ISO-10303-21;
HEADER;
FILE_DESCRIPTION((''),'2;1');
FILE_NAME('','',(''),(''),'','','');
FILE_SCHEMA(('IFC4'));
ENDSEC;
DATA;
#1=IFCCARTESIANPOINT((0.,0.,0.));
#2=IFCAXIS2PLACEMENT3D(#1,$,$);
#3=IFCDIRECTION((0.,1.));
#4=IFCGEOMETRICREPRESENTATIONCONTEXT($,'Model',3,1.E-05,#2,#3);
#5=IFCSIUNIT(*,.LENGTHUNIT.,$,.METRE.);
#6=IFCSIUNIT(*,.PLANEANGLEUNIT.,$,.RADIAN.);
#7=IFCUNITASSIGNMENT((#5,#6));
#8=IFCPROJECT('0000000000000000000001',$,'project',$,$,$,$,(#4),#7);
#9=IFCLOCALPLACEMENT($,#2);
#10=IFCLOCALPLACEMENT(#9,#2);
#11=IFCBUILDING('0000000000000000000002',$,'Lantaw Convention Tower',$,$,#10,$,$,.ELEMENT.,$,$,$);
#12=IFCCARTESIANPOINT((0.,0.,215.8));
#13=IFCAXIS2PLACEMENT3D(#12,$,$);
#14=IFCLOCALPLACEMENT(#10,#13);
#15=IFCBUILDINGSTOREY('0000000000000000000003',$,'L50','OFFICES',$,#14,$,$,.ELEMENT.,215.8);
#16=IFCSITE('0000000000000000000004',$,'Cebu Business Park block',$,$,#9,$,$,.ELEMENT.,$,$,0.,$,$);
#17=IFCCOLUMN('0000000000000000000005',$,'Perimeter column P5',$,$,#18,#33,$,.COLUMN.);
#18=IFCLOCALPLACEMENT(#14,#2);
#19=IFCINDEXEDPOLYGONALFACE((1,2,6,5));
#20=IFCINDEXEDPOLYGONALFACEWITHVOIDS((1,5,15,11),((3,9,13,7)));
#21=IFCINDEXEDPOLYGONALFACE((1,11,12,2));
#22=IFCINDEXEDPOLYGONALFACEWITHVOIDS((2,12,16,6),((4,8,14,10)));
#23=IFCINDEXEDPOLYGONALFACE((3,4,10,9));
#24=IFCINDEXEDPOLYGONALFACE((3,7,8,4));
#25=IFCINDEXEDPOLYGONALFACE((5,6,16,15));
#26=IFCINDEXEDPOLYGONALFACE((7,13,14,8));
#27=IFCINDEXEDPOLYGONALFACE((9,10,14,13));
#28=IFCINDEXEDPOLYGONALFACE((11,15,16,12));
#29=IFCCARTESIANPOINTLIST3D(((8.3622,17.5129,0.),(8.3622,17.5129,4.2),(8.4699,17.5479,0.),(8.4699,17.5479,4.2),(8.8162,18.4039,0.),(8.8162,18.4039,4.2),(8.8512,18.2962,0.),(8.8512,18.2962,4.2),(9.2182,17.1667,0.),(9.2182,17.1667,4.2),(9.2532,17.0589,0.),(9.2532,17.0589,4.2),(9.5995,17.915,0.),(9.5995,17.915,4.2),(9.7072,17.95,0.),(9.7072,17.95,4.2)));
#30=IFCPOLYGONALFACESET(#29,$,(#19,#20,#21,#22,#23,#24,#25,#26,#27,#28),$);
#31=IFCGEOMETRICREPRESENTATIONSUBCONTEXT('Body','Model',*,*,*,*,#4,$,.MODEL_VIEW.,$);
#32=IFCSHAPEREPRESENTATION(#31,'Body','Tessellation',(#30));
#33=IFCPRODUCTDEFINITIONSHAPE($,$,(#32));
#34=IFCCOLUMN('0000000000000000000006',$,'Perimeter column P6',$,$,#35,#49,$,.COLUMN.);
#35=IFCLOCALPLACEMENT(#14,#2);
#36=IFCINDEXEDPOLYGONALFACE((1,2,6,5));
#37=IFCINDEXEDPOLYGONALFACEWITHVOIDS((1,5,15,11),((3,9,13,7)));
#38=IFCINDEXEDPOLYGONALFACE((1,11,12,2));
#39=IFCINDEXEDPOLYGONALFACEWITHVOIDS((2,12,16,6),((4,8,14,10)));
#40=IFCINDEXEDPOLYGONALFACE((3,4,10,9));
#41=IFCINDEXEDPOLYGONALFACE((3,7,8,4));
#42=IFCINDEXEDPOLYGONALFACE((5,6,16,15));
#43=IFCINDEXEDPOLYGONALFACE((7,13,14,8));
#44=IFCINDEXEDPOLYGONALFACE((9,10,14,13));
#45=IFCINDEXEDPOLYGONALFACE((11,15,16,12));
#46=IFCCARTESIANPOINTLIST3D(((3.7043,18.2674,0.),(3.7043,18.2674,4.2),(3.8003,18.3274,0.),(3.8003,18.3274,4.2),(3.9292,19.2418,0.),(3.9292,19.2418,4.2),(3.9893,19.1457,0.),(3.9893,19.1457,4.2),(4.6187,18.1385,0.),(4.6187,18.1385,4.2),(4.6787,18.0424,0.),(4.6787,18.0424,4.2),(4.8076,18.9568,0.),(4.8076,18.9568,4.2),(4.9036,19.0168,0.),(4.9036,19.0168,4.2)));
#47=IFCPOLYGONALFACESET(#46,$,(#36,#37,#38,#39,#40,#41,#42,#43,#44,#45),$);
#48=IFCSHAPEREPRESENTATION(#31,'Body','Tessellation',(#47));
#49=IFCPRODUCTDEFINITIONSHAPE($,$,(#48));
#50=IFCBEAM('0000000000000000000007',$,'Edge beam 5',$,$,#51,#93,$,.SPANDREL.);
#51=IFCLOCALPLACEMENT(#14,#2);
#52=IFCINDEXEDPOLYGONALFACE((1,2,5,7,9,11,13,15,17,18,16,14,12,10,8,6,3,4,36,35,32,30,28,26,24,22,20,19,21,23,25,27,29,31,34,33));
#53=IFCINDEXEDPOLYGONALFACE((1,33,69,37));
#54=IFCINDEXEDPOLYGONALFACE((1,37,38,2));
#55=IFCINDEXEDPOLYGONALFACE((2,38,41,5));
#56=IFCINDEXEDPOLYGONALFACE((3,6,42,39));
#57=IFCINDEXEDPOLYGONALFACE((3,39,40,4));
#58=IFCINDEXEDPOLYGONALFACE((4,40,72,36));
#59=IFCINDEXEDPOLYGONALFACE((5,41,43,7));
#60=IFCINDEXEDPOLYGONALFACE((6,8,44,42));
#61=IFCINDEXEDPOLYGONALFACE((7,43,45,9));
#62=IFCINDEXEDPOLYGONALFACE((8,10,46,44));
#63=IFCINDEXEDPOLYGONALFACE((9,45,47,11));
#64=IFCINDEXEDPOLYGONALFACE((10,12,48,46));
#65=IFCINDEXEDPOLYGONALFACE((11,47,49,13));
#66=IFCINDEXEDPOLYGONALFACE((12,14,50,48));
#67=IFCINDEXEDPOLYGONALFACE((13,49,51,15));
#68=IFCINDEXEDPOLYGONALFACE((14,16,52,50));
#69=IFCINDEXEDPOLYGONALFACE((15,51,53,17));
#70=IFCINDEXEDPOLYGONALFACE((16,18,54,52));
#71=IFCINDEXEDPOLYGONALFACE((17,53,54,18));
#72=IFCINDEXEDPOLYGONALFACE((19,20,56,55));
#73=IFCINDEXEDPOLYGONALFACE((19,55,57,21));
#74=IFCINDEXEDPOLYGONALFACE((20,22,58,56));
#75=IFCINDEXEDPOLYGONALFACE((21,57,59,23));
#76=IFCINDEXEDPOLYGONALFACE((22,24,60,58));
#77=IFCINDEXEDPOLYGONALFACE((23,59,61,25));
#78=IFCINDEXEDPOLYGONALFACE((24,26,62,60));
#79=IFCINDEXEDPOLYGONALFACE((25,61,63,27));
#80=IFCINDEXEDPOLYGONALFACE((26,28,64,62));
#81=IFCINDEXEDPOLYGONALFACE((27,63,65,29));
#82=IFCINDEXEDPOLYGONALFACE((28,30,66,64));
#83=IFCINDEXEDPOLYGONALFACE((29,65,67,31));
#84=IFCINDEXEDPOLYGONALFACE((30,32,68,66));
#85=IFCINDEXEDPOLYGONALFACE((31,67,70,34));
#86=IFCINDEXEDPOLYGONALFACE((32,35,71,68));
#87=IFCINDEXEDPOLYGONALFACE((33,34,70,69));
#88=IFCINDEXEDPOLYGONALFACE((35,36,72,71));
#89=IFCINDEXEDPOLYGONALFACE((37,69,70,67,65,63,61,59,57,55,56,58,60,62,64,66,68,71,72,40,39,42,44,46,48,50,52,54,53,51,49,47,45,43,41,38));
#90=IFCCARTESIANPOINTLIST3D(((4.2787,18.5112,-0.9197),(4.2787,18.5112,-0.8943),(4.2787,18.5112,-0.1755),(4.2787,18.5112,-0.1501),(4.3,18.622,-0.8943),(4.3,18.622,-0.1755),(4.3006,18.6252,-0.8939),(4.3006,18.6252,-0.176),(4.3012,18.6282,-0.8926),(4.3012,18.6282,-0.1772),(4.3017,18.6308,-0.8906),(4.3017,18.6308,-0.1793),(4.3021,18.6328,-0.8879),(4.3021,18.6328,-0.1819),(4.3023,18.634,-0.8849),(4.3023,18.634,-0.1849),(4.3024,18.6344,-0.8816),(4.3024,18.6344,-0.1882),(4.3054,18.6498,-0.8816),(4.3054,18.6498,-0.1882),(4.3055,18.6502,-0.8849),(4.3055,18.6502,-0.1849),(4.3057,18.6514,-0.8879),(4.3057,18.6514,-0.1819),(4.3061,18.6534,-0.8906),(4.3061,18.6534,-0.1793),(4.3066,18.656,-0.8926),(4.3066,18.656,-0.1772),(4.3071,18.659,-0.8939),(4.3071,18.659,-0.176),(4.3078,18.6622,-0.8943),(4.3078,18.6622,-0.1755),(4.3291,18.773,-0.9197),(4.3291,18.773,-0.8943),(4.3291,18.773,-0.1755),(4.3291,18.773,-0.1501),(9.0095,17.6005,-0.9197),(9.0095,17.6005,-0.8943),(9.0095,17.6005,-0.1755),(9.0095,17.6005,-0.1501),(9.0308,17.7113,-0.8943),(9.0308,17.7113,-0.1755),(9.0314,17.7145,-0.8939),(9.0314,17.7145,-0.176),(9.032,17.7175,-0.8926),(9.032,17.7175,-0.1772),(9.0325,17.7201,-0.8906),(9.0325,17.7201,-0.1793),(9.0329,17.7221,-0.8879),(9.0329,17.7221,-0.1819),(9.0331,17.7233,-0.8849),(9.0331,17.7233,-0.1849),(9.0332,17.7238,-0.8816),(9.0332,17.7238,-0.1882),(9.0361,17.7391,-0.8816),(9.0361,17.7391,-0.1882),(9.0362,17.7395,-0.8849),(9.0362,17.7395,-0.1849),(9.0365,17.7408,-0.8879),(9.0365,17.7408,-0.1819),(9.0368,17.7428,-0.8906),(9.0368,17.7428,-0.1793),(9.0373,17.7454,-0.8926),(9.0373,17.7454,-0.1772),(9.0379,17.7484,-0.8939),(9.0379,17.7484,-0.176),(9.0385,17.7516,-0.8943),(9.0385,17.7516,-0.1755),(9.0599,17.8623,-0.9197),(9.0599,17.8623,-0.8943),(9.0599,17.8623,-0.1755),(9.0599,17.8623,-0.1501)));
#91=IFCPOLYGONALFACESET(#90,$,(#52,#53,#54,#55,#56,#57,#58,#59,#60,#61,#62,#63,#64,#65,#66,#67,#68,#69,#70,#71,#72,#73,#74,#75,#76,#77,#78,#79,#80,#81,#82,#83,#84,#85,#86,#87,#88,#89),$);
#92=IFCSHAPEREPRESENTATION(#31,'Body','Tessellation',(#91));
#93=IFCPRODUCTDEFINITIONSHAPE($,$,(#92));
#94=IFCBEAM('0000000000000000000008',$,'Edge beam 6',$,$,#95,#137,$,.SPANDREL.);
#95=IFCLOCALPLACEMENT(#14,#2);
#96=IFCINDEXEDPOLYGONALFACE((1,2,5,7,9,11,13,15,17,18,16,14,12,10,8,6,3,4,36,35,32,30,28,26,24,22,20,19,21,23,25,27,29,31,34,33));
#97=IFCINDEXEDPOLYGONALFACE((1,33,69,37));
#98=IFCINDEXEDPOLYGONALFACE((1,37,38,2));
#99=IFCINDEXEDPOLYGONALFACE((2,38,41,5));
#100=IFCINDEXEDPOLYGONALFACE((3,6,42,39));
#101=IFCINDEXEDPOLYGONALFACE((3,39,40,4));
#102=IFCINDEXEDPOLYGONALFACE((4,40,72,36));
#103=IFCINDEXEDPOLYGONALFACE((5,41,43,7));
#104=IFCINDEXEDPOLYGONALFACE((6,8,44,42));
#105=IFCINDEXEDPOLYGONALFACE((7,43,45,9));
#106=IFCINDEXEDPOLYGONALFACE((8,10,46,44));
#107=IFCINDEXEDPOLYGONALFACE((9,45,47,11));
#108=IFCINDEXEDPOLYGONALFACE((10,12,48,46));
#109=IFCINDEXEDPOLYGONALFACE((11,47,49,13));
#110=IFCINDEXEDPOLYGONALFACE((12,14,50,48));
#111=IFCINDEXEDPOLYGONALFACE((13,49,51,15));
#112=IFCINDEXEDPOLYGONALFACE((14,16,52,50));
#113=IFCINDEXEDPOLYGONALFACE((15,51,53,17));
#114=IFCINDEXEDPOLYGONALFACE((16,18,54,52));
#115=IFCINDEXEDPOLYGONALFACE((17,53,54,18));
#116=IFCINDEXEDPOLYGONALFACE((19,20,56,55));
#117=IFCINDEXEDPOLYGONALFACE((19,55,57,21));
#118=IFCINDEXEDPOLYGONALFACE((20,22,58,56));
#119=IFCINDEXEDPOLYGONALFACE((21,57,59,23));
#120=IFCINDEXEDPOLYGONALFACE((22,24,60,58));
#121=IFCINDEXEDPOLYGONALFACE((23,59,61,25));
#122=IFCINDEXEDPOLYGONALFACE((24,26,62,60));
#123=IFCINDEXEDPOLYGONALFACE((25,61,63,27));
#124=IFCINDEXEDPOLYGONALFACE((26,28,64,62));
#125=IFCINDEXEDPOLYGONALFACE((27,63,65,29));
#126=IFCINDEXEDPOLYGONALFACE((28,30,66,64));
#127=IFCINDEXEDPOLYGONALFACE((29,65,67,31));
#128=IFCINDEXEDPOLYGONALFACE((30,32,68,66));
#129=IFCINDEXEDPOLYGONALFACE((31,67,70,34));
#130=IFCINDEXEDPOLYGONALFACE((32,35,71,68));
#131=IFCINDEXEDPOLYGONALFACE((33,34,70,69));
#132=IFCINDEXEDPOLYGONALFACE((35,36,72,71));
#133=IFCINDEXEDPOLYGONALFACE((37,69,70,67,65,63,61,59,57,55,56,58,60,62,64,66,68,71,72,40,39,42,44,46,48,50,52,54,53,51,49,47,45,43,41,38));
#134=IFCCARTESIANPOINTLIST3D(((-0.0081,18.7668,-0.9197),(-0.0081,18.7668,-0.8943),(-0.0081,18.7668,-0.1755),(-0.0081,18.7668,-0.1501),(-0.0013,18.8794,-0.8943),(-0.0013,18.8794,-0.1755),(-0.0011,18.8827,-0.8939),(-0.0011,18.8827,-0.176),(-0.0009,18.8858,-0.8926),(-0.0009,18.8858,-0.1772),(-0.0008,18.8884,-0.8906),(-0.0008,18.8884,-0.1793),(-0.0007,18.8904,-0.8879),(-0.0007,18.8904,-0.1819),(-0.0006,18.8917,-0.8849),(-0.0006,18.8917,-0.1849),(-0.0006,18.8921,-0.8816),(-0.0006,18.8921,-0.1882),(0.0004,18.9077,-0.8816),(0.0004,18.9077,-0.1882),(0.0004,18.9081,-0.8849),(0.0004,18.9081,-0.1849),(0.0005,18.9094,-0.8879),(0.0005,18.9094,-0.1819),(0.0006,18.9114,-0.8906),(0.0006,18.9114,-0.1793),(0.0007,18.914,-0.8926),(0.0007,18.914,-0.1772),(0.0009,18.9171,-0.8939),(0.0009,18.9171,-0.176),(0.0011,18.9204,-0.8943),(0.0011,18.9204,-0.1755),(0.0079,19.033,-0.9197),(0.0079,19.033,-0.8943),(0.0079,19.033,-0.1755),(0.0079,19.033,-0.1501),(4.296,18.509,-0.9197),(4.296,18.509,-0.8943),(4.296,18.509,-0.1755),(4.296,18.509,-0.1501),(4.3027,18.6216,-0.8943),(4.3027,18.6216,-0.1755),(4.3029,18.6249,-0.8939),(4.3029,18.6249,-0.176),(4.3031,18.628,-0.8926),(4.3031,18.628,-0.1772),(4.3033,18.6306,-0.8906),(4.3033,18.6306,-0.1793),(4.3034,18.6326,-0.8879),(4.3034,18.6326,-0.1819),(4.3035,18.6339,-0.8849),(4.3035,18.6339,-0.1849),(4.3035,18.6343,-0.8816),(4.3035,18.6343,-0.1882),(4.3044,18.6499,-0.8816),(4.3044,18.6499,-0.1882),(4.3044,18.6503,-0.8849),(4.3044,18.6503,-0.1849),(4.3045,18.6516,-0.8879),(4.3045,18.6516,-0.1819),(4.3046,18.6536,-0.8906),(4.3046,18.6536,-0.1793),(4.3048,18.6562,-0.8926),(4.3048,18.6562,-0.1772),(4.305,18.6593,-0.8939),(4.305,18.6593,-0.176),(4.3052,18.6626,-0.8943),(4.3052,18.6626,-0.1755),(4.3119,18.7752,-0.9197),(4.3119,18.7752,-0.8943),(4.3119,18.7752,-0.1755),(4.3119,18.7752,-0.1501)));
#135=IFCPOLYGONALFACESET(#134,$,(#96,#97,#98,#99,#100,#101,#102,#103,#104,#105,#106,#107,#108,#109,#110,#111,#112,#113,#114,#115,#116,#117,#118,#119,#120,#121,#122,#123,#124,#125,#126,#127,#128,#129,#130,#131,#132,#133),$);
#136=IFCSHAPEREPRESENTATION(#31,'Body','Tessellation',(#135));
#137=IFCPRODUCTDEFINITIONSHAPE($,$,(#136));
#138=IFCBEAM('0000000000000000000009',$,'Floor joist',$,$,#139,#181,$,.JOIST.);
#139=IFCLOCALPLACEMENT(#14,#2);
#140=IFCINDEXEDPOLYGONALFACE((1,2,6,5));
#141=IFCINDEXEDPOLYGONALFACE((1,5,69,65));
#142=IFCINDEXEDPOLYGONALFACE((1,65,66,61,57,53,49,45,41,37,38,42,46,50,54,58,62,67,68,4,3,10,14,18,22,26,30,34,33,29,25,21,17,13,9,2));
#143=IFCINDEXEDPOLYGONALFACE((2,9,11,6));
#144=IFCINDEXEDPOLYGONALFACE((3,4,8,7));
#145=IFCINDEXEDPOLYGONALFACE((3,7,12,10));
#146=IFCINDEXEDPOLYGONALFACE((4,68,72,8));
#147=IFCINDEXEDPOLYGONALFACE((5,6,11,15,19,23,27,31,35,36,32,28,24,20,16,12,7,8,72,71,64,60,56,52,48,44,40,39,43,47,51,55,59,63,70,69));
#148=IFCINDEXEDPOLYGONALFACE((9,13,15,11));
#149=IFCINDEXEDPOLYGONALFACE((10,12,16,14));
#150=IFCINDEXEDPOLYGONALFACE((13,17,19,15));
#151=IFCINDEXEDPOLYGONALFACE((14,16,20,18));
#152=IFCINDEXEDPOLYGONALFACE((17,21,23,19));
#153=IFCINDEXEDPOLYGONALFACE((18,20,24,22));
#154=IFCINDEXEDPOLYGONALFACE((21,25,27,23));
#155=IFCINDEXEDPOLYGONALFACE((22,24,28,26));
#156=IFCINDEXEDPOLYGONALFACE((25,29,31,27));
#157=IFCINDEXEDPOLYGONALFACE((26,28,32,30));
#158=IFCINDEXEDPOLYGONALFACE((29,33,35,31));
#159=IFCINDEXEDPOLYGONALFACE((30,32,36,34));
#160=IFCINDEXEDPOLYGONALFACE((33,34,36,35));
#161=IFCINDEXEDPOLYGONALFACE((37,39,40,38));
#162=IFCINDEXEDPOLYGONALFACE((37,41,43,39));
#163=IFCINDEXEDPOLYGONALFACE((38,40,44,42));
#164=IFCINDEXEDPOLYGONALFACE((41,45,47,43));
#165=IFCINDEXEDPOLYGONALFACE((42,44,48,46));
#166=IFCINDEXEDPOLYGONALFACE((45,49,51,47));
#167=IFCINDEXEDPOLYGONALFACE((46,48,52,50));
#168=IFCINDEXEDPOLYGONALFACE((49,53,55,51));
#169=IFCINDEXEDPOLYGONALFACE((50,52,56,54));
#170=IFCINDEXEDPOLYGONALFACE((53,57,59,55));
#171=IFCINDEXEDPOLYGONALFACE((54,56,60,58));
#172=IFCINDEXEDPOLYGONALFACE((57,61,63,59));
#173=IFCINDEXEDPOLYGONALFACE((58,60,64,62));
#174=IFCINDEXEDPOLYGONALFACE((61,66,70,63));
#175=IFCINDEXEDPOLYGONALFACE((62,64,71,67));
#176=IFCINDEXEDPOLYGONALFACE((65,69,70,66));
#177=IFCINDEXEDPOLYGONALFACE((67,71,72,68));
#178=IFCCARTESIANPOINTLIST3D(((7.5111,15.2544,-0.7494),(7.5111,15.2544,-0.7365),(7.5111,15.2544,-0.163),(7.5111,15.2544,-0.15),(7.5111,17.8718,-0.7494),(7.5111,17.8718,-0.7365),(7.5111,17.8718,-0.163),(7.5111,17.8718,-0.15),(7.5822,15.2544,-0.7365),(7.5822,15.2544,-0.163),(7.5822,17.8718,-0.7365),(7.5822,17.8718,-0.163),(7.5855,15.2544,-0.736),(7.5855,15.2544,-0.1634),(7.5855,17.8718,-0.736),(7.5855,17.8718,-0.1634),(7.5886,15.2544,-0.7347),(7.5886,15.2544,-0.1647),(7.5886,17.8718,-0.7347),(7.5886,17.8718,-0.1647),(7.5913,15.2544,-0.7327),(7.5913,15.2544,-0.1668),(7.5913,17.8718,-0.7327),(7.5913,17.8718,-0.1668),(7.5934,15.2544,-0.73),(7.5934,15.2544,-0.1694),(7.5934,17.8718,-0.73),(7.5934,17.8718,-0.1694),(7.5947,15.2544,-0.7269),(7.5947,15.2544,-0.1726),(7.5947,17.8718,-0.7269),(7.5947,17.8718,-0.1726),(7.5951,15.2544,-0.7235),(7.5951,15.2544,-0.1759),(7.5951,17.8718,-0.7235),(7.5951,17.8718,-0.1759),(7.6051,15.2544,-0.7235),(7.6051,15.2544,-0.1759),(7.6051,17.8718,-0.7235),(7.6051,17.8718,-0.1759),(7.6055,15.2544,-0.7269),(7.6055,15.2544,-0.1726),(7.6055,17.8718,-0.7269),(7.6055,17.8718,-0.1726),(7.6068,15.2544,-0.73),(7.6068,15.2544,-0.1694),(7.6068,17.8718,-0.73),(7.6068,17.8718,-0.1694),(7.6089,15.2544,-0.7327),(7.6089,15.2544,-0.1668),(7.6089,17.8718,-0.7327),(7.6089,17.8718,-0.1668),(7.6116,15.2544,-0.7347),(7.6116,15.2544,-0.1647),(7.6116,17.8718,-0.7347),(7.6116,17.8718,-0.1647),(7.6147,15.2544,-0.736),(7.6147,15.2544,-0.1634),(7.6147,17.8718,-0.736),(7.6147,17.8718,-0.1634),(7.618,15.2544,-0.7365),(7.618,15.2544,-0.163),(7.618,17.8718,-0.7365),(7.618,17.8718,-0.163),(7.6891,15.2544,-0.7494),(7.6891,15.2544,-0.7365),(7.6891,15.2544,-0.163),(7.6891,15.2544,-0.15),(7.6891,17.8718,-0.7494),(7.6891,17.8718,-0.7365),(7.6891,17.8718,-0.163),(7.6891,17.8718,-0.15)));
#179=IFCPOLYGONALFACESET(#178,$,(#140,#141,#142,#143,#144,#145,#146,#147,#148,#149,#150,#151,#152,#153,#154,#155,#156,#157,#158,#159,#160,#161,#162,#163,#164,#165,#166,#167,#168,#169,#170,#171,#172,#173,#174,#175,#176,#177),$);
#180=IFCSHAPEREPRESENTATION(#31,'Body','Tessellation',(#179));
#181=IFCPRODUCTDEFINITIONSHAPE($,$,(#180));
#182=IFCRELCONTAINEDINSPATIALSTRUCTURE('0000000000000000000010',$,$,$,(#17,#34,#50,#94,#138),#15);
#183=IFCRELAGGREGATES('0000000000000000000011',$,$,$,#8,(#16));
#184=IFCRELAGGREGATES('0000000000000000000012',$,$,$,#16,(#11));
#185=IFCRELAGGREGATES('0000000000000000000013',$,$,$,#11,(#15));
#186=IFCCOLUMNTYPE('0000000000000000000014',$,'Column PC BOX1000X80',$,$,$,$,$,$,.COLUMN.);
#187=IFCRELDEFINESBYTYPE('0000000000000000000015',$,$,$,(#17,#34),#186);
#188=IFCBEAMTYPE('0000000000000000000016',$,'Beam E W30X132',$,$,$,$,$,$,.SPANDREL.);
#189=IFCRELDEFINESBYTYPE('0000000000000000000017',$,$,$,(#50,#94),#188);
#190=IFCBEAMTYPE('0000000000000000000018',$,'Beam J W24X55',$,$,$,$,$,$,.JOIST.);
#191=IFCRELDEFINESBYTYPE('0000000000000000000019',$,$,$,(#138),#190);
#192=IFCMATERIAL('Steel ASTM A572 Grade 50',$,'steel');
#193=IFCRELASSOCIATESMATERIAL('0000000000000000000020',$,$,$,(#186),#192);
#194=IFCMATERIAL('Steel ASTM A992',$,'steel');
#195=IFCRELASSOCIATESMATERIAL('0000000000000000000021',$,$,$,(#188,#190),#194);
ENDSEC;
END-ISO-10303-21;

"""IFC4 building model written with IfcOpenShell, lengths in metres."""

from ifc_helpers import new_model, si_unit, direction, frame, origin, origin_2d, place, context, subcontext, project, spatial, rectangle, hollow_rectangle, i_section, extrude, material, material_profile, profile_set, type_object, element, save


model = new_model("IFC4")

# Units and contexts
model_context = context("Model", 3, precision=1e-05, world=origin(), true_north=direction((0.0, 1.0)))
body_context = subcontext(model_context, "Body", "Model", "MODEL_VIEW")
ifc_project = project(units=[si_unit("LENGTHUNIT", "METRE"), si_unit("PLANEANGLEUNIT", "RADIAN")], contexts=[model_context])

# Site, building, storey
site_placement = place(None, origin())
site = spatial("IfcSite", under=ifc_project, at=site_placement, Name="Cebu Business Park block", CompositionType="ELEMENT", RefElevation=0.0)
building_placement = place(site_placement, origin())
building = spatial("IfcBuilding", under=site, at=building_placement, Name="Lantaw Convention Tower", CompositionType="ELEMENT")
storey_placement = place(building_placement, frame((0.0, 0.0, 215.8)))
storey = spatial("IfcBuildingStorey", under=building, at=storey_placement, Name="L50", Description="OFFICES", CompositionType="ELEMENT", Elevation=215.8)

# Columns
ifc_material_1 = material(Name="Steel ASTM A572 Grade 50", Category="steel")
ifc_material_profile_1 = material_profile(ifc_material_1, hollow_rectangle(XDim=1.0, YDim=1.0, WallThickness=0.0801, at=origin_2d()), Name="BOX1000X80")
ifc_material_2 = material(Name="Concrete C60/75", Category="concrete")
ifc_material_profile_2 = material_profile(ifc_material_2, rectangle(XDim=0.8401, YDim=0.8401, at=origin_2d()), Name="Concrete fill of BOX1000X80")
ifc_profile_set_1 = profile_set([ifc_material_profile_1, ifc_material_profile_2], Name="Steel ASTM A572 Grade 50")
column_type = type_object("IfcColumnType", Name="Column PC BOX1000X80", PredefinedType="COLUMN", material=ifc_profile_set_1)
for number, where, z_axis, x_axis, name in (
    (1, (9.0347, 17.7314, 0.0), (0.0, 0.0, 1.0), (0.45399, 0.891007, 0.0), "Perimeter column P5"),
    (2, (4.304, 18.6421, 0.0), (0.0, 0.0, 1.0), (0.224951, 0.97437, 0.0), "Perimeter column P6"),
):
    element("IfcColumn", number, at=place(storey_placement, frame(where, z_axis=z_axis, x_axis=x_axis)), inside=storey, type_object=column_type, Name=name, PredefinedType="COLUMN", context=body_context, shape_type="SweptSolid", body=[
        extrude(hollow_rectangle(XDim=1.0, YDim=1.0, WallThickness=0.0801, at=origin_2d()), origin(), (0.0, 0.0, 1.0), 4.2),
    ])

# Beams
ifc_material_3 = material(Name="Steel ASTM A992", Category="steel")
ifc_material_profile_3 = material_profile(ifc_material_3, i_section(OverallWidth=0.2666, OverallDepth=0.7695, WebThickness=0.0156, FlangeThickness=0.0254, FilletRadius=0.0127, at=origin_2d()), Name="W30X132")
ifc_profile_set_2 = profile_set([ifc_material_profile_3], Name="Steel ASTM A992")
beam_type_1 = type_object("IfcBeamType", Name="Beam E W30X132", PredefinedType="SPANDREL", material=ifc_profile_set_2)
beam_1_placement = place(storey_placement, frame((9.0347, 17.7314, -0.5349), z_axis=(-0.981972, 0.189026, 0.0), x_axis=(-0.189026, -0.981972, 0.0)))
element("IfcBeam", 3, at=beam_1_placement, inside=storey, type_object=beam_type_1, Name="Edge beam 5", PredefinedType="SPANDREL", context=body_context, shape_type="SweptSolid", body=[
    extrude(i_section(OverallWidth=0.2666, OverallDepth=0.7695, WebThickness=0.0156, FlangeThickness=0.0254, FilletRadius=0.0127, at=origin_2d()), origin(), (0.0, 0.0, 1.0), 4.8176),
])
beam_2_placement = place(storey_placement, frame((4.304, 18.6421, -0.5349), z_axis=(-0.998211, 0.059794, 0.0), x_axis=(-0.059794, -0.998211, 0.0)))
element("IfcBeam", 4, at=beam_2_placement, inside=storey, type_object=beam_type_1, Name="Edge beam 6", PredefinedType="SPANDREL", context=body_context, shape_type="SweptSolid", body=[
    extrude(i_section(OverallWidth=0.2666, OverallDepth=0.7695, WebThickness=0.0156, FlangeThickness=0.0254, FilletRadius=0.0127, at=origin_2d()), origin(), (0.0, 0.0, 1.0), 4.3118),
])
ifc_material_profile_4 = material_profile(ifc_material_3, i_section(OverallWidth=0.178, OverallDepth=0.5994, WebThickness=0.01, FlangeThickness=0.0129, FilletRadius=0.0129, at=origin_2d()), Name="W24X55")
ifc_profile_set_3 = profile_set([ifc_material_profile_4], Name="Steel ASTM A992")
beam_type_2 = type_object("IfcBeamType", Name="Beam J W24X55", PredefinedType="JOIST", material=ifc_profile_set_3)
beam_3_placement = place(storey_placement, frame((7.6001, 15.2544, -0.4497), z_axis=(0.0, 1.0, 0.0), x_axis=(-1.0, 0.0, 0.0)))
element("IfcBeam", 5, at=beam_3_placement, inside=storey, type_object=beam_type_2, Name="Floor joist", PredefinedType="JOIST", context=body_context, shape_type="SweptSolid", body=[
    extrude(i_section(OverallWidth=0.178, OverallDepth=0.5994, WebThickness=0.01, FlangeThickness=0.0129, FilletRadius=0.0129, at=origin_2d()), origin(), (0.0, 0.0, 1.0), 2.6174),
])

save(model, "model.ifc")
